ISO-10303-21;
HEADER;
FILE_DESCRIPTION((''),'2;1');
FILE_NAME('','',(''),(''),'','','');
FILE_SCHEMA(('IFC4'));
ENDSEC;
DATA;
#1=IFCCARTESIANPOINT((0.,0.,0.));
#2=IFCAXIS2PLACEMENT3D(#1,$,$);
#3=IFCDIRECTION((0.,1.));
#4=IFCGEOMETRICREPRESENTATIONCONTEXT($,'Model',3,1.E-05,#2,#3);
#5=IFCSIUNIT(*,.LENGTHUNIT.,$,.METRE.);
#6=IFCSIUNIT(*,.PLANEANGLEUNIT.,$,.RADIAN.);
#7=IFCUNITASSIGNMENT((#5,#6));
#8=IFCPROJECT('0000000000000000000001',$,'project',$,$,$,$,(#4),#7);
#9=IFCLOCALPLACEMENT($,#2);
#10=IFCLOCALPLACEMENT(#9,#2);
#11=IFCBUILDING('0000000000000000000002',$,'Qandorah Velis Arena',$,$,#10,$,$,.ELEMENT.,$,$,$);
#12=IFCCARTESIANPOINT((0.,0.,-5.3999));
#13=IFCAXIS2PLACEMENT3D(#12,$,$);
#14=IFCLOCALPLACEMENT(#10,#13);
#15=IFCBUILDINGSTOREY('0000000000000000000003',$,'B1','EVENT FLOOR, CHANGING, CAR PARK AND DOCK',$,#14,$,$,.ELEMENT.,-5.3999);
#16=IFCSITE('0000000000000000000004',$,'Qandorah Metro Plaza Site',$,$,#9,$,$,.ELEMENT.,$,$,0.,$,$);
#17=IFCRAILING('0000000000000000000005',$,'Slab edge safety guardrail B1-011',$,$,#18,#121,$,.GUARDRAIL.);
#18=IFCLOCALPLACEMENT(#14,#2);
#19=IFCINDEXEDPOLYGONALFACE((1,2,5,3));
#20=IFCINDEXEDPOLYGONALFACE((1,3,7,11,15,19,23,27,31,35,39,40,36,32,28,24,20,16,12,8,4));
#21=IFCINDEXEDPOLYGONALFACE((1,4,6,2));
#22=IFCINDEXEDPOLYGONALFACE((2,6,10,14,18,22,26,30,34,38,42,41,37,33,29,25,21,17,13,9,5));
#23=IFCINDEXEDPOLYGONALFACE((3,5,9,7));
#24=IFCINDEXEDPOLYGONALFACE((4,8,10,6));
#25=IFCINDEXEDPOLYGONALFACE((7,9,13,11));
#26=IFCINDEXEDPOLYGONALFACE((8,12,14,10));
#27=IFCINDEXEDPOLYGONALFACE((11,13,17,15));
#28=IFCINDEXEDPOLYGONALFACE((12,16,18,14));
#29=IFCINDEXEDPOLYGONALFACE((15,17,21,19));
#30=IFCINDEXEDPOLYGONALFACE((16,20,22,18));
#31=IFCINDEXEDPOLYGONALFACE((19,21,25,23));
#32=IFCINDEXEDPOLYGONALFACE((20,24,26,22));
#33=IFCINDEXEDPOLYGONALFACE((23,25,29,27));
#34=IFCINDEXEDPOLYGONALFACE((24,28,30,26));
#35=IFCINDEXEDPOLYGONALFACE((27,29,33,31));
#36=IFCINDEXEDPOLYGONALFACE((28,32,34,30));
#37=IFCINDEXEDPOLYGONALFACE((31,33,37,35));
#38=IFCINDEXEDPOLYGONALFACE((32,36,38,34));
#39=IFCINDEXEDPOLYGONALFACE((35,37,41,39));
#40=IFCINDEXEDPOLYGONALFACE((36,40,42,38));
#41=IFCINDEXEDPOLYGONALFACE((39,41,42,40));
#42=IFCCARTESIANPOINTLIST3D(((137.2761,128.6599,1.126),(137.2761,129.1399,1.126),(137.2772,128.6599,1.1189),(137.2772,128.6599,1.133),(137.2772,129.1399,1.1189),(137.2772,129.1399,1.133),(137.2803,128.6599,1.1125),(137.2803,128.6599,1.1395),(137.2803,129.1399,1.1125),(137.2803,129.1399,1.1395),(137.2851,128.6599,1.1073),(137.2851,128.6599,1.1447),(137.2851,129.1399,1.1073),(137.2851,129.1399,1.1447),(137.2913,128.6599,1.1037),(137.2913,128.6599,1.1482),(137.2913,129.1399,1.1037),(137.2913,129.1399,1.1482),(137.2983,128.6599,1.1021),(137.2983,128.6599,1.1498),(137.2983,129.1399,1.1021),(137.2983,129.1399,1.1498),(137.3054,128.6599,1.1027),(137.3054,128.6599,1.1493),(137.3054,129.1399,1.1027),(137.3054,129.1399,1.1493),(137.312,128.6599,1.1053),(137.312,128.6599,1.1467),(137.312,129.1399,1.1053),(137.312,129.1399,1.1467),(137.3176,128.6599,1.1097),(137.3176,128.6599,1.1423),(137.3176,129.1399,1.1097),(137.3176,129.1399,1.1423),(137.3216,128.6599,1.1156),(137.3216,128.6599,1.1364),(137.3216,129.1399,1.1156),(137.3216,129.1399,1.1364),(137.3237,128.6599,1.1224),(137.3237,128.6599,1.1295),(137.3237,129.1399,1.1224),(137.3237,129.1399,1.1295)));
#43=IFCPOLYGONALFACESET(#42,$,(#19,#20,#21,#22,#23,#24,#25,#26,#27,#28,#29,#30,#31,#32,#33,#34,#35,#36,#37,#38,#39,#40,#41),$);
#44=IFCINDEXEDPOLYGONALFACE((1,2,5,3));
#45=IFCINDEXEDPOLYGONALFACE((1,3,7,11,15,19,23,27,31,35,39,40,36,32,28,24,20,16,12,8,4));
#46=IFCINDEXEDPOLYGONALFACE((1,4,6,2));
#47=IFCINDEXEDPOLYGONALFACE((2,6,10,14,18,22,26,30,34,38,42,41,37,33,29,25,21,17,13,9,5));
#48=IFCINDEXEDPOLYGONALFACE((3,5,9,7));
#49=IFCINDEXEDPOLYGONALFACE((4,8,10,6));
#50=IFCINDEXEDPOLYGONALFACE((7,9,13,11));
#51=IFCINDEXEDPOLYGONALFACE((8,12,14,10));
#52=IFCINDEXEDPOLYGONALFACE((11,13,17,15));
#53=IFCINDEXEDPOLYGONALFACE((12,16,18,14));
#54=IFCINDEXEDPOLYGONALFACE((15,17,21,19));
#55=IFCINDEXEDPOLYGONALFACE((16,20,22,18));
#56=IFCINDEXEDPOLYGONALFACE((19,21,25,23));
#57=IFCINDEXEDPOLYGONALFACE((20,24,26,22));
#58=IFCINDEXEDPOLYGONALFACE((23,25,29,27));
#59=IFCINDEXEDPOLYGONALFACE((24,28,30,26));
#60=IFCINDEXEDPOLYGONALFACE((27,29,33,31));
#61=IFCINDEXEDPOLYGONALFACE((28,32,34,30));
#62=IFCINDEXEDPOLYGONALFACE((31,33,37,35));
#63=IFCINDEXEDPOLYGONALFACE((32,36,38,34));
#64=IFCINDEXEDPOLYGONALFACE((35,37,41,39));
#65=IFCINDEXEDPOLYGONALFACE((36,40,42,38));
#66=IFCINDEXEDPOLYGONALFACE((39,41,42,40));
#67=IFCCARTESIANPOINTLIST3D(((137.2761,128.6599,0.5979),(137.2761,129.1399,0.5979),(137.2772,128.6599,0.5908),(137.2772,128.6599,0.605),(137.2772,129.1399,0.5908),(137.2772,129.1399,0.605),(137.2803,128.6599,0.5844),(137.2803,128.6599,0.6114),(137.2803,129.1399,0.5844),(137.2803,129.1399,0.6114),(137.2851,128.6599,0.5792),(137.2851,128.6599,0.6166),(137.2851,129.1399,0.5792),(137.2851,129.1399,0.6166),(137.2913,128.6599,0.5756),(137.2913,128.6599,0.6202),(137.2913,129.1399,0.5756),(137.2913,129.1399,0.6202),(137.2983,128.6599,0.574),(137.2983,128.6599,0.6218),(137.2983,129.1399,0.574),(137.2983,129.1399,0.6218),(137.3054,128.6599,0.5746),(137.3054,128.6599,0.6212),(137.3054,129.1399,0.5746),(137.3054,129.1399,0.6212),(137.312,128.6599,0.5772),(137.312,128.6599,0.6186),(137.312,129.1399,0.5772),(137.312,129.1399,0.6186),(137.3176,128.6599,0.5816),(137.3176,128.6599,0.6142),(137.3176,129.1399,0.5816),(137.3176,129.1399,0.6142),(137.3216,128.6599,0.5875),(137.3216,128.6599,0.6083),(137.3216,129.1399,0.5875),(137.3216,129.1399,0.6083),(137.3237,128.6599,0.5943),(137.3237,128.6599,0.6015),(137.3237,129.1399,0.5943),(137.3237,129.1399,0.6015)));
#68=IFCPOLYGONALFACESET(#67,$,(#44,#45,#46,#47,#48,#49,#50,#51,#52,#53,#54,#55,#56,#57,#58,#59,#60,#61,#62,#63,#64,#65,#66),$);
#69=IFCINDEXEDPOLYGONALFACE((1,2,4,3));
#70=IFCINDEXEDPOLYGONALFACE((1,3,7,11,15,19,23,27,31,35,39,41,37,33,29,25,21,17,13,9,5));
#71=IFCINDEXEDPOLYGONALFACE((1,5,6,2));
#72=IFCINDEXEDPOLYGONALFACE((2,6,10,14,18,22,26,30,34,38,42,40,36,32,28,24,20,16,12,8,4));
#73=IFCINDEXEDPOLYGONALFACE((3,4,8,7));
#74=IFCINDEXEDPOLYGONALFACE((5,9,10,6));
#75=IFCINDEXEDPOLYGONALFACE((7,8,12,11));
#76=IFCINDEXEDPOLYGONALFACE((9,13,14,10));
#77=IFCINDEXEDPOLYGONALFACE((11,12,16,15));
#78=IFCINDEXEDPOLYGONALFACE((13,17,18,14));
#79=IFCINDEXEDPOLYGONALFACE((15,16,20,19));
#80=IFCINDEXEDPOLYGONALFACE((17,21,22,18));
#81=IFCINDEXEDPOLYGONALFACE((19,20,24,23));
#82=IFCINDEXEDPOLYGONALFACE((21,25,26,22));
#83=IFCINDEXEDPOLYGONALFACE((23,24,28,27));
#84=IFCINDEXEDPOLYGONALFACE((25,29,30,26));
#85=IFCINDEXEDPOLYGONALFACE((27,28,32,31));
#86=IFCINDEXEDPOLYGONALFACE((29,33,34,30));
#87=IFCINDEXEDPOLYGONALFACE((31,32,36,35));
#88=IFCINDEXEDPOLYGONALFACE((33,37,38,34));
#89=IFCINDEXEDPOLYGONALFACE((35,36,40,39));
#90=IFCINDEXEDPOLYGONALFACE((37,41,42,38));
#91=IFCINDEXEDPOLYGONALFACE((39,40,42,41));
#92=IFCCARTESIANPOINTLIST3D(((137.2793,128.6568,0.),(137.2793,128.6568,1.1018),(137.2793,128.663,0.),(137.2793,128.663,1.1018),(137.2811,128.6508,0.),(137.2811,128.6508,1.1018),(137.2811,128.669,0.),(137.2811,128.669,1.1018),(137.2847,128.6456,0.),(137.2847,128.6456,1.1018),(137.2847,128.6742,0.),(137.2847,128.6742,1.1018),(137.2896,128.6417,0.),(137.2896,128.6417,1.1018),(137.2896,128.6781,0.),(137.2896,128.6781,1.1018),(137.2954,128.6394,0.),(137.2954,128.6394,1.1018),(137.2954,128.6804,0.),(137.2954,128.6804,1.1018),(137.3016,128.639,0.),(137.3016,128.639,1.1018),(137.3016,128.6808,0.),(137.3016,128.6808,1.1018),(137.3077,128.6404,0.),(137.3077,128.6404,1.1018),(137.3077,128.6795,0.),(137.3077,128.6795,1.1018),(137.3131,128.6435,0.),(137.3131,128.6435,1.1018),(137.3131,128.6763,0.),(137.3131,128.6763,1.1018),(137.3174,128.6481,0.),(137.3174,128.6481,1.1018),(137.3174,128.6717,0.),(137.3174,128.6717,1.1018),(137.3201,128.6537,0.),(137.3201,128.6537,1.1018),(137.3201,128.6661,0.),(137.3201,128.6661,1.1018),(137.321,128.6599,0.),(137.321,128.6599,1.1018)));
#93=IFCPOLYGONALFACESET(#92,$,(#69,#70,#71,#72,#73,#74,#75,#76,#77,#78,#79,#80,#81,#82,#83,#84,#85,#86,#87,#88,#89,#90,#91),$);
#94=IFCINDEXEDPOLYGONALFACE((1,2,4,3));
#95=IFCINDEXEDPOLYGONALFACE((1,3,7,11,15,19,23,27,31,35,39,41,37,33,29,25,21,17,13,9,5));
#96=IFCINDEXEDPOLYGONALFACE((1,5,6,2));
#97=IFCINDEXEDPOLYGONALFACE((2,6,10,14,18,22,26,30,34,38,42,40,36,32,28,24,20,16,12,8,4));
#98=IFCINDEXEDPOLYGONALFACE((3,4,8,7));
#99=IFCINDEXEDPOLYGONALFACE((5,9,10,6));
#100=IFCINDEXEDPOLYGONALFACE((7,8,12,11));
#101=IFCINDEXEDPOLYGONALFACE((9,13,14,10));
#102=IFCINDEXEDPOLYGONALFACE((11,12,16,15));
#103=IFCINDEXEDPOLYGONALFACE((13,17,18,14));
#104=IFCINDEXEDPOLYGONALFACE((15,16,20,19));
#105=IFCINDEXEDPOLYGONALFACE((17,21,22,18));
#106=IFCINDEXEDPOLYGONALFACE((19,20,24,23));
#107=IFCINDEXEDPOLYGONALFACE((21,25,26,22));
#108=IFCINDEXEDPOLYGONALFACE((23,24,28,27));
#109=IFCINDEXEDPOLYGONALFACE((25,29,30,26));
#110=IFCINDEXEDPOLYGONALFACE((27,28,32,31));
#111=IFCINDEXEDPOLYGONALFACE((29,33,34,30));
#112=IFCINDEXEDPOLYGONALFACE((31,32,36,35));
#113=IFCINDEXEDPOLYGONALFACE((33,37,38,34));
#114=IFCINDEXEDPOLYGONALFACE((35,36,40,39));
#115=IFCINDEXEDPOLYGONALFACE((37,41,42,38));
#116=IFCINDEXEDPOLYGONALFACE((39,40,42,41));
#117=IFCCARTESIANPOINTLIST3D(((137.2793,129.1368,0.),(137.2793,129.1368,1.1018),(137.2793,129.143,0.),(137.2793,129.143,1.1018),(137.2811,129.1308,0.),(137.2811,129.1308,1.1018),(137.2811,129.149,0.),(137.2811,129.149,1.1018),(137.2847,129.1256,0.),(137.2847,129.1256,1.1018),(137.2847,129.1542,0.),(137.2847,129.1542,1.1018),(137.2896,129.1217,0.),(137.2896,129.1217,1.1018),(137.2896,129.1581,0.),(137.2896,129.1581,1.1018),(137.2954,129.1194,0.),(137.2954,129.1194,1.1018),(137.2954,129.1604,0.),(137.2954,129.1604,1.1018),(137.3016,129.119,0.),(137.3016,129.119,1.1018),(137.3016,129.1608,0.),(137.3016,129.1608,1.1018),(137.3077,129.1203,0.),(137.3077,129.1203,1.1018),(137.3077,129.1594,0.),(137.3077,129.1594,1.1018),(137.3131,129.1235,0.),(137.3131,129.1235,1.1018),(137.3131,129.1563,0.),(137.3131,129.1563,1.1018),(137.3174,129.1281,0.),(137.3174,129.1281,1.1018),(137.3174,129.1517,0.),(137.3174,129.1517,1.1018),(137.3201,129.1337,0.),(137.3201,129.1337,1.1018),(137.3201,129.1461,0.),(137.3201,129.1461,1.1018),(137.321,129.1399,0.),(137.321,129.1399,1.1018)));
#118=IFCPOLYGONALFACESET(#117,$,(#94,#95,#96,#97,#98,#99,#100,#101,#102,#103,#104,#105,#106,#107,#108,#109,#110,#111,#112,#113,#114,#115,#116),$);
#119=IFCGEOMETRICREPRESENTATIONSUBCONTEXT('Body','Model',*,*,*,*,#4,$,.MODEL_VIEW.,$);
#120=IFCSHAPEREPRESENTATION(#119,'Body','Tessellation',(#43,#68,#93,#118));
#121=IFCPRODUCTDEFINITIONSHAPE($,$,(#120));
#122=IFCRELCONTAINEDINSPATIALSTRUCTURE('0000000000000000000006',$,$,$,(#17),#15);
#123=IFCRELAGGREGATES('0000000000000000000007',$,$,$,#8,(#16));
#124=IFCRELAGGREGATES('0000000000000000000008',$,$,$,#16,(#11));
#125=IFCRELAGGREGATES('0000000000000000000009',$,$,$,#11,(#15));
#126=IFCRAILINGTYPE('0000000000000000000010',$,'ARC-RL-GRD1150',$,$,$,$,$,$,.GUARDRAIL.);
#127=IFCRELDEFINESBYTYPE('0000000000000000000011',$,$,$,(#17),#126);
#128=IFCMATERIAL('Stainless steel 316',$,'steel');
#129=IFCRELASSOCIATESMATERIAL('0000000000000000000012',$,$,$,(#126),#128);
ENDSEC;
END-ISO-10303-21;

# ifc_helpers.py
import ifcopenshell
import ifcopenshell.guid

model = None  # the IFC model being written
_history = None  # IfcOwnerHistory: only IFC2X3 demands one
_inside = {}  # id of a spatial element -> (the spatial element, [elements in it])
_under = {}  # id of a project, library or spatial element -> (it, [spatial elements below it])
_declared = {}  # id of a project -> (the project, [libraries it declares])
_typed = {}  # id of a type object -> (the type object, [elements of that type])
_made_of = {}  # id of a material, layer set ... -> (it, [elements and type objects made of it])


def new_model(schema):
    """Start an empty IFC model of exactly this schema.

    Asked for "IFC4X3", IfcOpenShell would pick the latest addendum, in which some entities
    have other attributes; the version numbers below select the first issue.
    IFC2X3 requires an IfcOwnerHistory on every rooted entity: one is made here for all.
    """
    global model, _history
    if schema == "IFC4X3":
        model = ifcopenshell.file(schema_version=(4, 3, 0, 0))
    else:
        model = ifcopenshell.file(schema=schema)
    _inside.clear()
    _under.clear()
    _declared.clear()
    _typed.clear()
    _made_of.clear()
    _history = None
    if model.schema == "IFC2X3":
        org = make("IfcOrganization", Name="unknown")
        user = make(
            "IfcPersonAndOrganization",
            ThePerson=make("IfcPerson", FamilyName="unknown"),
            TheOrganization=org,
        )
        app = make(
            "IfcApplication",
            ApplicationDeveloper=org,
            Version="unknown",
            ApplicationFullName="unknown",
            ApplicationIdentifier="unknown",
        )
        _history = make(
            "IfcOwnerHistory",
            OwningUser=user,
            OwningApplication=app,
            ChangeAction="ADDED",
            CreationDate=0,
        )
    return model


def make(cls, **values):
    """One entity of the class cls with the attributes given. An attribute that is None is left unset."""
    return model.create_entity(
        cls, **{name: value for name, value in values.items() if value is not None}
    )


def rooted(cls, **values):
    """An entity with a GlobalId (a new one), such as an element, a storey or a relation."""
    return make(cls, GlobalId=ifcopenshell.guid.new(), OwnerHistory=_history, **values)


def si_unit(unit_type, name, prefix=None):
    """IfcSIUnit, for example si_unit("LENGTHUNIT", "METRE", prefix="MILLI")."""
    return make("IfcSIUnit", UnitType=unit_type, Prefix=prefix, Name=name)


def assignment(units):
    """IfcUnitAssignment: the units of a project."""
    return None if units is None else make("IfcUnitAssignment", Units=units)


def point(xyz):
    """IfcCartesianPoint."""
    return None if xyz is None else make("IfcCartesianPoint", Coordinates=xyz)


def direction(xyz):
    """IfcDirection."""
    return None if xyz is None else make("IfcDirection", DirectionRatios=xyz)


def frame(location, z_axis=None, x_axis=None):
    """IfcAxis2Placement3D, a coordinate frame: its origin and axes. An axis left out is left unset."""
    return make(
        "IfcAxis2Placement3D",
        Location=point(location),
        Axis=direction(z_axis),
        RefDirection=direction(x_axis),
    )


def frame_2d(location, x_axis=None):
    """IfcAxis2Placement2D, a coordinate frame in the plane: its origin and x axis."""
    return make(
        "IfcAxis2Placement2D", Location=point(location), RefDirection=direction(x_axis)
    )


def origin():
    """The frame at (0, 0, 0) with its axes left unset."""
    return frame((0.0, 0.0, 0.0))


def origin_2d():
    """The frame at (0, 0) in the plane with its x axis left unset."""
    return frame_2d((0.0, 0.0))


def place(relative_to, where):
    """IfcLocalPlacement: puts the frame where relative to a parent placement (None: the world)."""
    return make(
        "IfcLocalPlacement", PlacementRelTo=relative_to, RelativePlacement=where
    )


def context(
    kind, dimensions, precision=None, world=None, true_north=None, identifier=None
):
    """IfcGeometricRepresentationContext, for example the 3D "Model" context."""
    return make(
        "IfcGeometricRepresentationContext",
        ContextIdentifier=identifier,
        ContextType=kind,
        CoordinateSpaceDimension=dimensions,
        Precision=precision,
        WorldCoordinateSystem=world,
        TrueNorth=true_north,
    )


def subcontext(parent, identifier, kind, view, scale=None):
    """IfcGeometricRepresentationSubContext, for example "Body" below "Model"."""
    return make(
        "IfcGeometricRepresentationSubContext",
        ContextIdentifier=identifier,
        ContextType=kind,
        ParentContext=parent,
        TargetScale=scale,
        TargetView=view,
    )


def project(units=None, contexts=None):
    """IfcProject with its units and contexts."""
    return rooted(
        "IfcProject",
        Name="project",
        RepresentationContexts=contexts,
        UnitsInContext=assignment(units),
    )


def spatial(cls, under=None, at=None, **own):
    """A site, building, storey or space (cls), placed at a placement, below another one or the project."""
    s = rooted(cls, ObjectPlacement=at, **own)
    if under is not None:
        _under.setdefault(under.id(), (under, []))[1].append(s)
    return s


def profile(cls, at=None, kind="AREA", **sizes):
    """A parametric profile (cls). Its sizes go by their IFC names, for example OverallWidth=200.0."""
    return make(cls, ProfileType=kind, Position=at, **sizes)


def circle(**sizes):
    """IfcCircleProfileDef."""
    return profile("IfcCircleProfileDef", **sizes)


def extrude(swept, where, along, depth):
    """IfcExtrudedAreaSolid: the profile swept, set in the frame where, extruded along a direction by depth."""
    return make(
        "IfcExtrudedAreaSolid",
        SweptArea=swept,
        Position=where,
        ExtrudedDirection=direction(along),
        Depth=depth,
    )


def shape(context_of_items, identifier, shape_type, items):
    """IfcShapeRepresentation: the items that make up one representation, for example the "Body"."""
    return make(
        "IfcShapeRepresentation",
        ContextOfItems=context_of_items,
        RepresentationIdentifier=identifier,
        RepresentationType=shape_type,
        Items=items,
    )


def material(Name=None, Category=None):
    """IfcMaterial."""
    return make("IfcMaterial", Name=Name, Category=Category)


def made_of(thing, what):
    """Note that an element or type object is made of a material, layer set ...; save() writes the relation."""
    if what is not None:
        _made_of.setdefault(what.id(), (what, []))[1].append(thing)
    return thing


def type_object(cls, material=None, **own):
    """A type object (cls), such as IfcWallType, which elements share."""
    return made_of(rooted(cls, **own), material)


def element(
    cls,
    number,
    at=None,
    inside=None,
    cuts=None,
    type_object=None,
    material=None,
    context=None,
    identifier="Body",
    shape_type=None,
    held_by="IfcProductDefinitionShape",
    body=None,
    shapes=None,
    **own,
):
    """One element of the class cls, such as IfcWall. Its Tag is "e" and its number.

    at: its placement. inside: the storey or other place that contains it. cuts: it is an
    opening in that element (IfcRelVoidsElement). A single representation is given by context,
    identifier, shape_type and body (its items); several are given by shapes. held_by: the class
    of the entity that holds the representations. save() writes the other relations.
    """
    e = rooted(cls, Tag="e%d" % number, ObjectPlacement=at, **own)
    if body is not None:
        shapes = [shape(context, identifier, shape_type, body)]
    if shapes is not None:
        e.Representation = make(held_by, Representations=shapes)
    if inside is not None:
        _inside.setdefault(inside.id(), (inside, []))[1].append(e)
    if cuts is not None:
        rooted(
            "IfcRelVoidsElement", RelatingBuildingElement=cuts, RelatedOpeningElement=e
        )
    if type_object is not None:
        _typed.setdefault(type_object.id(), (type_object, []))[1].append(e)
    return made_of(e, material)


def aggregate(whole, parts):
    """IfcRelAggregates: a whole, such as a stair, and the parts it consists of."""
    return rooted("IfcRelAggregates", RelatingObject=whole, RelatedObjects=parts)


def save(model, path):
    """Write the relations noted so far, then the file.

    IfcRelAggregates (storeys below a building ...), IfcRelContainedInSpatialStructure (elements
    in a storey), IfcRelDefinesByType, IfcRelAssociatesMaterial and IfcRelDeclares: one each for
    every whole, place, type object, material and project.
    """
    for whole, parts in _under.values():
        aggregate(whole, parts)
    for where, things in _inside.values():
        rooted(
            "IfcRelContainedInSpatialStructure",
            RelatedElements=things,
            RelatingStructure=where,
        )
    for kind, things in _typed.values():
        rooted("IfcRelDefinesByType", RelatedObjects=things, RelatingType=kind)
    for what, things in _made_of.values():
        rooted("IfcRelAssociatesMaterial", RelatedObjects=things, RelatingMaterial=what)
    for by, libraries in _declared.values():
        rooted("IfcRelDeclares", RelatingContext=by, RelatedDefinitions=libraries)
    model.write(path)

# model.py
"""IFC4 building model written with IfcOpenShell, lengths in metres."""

from ifc_helpers import new_model, si_unit, direction, frame, origin, origin_2d, place, context, subcontext, project, spatial, circle, extrude, material, type_object, element, save


model = new_model("IFC4")

# Units and contexts
model_context = context("Model", 3, precision=1e-05, world=origin(), true_north=direction((0.0, 1.0)))
body_context = subcontext(model_context, "Body", "Model", "MODEL_VIEW")
ifc_project = project(units=[si_unit("LENGTHUNIT", "METRE"), si_unit("PLANEANGLEUNIT", "RADIAN")], contexts=[model_context])

# Site, building, storey
site_placement = place(None, origin())
site = spatial("IfcSite", under=ifc_project, at=site_placement, Name="Qandorah Metro Plaza Site", CompositionType="ELEMENT", RefElevation=0.0)
building_placement = place(site_placement, origin())
building = spatial("IfcBuilding", under=site, at=building_placement, Name="Qandorah Velis Arena", CompositionType="ELEMENT")
storey_placement = place(building_placement, frame((0.0, 0.0, -5.3999)))
storey = spatial("IfcBuildingStorey", under=building, at=storey_placement, Name="B1", Description="EVENT FLOOR, CHANGING, CAR PARK AND DOCK", CompositionType="ELEMENT", Elevation=-5.3999)

# Railing
ifc_material_1 = material(Name="Stainless steel 316", Category="steel")
railing_type = type_object("IfcRailingType", Name="ARC-RL-GRD1150", PredefinedType="GUARDRAIL", material=ifc_material_1)
railing_1_placement = place(storey_placement, frame((137.3, 128.6599, 0.0)))
element("IfcRailing", 1, at=railing_1_placement, inside=storey, type_object=railing_type, Name="Slab edge safety guardrail B1-011", PredefinedType="GUARDRAIL", context=body_context, shape_type="SweptSolid", body=[
    extrude(circle(Radius=0.0239, at=origin_2d()), frame((0.0, 0.0, 1.126), z_axis=(0.0, 1.0, 0.0), x_axis=(-1.0, 0.0, 0.0)), (0.0, 0.0, 1.0), 0.48),
    extrude(circle(Radius=0.0239, at=origin_2d()), frame((0.0, 0.0, 0.5979), z_axis=(0.0, 1.0, 0.0), x_axis=(-1.0, 0.0, 0.0)), (0.0, 0.0, 1.0), 0.48),
    extrude(circle(Radius=0.021, at=origin_2d()), origin(), (0.0, 0.0, 1.0), 1.1018),
    extrude(circle(Radius=0.021, at=origin_2d()), frame((0.0, 0.48, 0.0)), (0.0, 0.0, 1.0), 1.1018),
])

save(model, "model.ifc")
